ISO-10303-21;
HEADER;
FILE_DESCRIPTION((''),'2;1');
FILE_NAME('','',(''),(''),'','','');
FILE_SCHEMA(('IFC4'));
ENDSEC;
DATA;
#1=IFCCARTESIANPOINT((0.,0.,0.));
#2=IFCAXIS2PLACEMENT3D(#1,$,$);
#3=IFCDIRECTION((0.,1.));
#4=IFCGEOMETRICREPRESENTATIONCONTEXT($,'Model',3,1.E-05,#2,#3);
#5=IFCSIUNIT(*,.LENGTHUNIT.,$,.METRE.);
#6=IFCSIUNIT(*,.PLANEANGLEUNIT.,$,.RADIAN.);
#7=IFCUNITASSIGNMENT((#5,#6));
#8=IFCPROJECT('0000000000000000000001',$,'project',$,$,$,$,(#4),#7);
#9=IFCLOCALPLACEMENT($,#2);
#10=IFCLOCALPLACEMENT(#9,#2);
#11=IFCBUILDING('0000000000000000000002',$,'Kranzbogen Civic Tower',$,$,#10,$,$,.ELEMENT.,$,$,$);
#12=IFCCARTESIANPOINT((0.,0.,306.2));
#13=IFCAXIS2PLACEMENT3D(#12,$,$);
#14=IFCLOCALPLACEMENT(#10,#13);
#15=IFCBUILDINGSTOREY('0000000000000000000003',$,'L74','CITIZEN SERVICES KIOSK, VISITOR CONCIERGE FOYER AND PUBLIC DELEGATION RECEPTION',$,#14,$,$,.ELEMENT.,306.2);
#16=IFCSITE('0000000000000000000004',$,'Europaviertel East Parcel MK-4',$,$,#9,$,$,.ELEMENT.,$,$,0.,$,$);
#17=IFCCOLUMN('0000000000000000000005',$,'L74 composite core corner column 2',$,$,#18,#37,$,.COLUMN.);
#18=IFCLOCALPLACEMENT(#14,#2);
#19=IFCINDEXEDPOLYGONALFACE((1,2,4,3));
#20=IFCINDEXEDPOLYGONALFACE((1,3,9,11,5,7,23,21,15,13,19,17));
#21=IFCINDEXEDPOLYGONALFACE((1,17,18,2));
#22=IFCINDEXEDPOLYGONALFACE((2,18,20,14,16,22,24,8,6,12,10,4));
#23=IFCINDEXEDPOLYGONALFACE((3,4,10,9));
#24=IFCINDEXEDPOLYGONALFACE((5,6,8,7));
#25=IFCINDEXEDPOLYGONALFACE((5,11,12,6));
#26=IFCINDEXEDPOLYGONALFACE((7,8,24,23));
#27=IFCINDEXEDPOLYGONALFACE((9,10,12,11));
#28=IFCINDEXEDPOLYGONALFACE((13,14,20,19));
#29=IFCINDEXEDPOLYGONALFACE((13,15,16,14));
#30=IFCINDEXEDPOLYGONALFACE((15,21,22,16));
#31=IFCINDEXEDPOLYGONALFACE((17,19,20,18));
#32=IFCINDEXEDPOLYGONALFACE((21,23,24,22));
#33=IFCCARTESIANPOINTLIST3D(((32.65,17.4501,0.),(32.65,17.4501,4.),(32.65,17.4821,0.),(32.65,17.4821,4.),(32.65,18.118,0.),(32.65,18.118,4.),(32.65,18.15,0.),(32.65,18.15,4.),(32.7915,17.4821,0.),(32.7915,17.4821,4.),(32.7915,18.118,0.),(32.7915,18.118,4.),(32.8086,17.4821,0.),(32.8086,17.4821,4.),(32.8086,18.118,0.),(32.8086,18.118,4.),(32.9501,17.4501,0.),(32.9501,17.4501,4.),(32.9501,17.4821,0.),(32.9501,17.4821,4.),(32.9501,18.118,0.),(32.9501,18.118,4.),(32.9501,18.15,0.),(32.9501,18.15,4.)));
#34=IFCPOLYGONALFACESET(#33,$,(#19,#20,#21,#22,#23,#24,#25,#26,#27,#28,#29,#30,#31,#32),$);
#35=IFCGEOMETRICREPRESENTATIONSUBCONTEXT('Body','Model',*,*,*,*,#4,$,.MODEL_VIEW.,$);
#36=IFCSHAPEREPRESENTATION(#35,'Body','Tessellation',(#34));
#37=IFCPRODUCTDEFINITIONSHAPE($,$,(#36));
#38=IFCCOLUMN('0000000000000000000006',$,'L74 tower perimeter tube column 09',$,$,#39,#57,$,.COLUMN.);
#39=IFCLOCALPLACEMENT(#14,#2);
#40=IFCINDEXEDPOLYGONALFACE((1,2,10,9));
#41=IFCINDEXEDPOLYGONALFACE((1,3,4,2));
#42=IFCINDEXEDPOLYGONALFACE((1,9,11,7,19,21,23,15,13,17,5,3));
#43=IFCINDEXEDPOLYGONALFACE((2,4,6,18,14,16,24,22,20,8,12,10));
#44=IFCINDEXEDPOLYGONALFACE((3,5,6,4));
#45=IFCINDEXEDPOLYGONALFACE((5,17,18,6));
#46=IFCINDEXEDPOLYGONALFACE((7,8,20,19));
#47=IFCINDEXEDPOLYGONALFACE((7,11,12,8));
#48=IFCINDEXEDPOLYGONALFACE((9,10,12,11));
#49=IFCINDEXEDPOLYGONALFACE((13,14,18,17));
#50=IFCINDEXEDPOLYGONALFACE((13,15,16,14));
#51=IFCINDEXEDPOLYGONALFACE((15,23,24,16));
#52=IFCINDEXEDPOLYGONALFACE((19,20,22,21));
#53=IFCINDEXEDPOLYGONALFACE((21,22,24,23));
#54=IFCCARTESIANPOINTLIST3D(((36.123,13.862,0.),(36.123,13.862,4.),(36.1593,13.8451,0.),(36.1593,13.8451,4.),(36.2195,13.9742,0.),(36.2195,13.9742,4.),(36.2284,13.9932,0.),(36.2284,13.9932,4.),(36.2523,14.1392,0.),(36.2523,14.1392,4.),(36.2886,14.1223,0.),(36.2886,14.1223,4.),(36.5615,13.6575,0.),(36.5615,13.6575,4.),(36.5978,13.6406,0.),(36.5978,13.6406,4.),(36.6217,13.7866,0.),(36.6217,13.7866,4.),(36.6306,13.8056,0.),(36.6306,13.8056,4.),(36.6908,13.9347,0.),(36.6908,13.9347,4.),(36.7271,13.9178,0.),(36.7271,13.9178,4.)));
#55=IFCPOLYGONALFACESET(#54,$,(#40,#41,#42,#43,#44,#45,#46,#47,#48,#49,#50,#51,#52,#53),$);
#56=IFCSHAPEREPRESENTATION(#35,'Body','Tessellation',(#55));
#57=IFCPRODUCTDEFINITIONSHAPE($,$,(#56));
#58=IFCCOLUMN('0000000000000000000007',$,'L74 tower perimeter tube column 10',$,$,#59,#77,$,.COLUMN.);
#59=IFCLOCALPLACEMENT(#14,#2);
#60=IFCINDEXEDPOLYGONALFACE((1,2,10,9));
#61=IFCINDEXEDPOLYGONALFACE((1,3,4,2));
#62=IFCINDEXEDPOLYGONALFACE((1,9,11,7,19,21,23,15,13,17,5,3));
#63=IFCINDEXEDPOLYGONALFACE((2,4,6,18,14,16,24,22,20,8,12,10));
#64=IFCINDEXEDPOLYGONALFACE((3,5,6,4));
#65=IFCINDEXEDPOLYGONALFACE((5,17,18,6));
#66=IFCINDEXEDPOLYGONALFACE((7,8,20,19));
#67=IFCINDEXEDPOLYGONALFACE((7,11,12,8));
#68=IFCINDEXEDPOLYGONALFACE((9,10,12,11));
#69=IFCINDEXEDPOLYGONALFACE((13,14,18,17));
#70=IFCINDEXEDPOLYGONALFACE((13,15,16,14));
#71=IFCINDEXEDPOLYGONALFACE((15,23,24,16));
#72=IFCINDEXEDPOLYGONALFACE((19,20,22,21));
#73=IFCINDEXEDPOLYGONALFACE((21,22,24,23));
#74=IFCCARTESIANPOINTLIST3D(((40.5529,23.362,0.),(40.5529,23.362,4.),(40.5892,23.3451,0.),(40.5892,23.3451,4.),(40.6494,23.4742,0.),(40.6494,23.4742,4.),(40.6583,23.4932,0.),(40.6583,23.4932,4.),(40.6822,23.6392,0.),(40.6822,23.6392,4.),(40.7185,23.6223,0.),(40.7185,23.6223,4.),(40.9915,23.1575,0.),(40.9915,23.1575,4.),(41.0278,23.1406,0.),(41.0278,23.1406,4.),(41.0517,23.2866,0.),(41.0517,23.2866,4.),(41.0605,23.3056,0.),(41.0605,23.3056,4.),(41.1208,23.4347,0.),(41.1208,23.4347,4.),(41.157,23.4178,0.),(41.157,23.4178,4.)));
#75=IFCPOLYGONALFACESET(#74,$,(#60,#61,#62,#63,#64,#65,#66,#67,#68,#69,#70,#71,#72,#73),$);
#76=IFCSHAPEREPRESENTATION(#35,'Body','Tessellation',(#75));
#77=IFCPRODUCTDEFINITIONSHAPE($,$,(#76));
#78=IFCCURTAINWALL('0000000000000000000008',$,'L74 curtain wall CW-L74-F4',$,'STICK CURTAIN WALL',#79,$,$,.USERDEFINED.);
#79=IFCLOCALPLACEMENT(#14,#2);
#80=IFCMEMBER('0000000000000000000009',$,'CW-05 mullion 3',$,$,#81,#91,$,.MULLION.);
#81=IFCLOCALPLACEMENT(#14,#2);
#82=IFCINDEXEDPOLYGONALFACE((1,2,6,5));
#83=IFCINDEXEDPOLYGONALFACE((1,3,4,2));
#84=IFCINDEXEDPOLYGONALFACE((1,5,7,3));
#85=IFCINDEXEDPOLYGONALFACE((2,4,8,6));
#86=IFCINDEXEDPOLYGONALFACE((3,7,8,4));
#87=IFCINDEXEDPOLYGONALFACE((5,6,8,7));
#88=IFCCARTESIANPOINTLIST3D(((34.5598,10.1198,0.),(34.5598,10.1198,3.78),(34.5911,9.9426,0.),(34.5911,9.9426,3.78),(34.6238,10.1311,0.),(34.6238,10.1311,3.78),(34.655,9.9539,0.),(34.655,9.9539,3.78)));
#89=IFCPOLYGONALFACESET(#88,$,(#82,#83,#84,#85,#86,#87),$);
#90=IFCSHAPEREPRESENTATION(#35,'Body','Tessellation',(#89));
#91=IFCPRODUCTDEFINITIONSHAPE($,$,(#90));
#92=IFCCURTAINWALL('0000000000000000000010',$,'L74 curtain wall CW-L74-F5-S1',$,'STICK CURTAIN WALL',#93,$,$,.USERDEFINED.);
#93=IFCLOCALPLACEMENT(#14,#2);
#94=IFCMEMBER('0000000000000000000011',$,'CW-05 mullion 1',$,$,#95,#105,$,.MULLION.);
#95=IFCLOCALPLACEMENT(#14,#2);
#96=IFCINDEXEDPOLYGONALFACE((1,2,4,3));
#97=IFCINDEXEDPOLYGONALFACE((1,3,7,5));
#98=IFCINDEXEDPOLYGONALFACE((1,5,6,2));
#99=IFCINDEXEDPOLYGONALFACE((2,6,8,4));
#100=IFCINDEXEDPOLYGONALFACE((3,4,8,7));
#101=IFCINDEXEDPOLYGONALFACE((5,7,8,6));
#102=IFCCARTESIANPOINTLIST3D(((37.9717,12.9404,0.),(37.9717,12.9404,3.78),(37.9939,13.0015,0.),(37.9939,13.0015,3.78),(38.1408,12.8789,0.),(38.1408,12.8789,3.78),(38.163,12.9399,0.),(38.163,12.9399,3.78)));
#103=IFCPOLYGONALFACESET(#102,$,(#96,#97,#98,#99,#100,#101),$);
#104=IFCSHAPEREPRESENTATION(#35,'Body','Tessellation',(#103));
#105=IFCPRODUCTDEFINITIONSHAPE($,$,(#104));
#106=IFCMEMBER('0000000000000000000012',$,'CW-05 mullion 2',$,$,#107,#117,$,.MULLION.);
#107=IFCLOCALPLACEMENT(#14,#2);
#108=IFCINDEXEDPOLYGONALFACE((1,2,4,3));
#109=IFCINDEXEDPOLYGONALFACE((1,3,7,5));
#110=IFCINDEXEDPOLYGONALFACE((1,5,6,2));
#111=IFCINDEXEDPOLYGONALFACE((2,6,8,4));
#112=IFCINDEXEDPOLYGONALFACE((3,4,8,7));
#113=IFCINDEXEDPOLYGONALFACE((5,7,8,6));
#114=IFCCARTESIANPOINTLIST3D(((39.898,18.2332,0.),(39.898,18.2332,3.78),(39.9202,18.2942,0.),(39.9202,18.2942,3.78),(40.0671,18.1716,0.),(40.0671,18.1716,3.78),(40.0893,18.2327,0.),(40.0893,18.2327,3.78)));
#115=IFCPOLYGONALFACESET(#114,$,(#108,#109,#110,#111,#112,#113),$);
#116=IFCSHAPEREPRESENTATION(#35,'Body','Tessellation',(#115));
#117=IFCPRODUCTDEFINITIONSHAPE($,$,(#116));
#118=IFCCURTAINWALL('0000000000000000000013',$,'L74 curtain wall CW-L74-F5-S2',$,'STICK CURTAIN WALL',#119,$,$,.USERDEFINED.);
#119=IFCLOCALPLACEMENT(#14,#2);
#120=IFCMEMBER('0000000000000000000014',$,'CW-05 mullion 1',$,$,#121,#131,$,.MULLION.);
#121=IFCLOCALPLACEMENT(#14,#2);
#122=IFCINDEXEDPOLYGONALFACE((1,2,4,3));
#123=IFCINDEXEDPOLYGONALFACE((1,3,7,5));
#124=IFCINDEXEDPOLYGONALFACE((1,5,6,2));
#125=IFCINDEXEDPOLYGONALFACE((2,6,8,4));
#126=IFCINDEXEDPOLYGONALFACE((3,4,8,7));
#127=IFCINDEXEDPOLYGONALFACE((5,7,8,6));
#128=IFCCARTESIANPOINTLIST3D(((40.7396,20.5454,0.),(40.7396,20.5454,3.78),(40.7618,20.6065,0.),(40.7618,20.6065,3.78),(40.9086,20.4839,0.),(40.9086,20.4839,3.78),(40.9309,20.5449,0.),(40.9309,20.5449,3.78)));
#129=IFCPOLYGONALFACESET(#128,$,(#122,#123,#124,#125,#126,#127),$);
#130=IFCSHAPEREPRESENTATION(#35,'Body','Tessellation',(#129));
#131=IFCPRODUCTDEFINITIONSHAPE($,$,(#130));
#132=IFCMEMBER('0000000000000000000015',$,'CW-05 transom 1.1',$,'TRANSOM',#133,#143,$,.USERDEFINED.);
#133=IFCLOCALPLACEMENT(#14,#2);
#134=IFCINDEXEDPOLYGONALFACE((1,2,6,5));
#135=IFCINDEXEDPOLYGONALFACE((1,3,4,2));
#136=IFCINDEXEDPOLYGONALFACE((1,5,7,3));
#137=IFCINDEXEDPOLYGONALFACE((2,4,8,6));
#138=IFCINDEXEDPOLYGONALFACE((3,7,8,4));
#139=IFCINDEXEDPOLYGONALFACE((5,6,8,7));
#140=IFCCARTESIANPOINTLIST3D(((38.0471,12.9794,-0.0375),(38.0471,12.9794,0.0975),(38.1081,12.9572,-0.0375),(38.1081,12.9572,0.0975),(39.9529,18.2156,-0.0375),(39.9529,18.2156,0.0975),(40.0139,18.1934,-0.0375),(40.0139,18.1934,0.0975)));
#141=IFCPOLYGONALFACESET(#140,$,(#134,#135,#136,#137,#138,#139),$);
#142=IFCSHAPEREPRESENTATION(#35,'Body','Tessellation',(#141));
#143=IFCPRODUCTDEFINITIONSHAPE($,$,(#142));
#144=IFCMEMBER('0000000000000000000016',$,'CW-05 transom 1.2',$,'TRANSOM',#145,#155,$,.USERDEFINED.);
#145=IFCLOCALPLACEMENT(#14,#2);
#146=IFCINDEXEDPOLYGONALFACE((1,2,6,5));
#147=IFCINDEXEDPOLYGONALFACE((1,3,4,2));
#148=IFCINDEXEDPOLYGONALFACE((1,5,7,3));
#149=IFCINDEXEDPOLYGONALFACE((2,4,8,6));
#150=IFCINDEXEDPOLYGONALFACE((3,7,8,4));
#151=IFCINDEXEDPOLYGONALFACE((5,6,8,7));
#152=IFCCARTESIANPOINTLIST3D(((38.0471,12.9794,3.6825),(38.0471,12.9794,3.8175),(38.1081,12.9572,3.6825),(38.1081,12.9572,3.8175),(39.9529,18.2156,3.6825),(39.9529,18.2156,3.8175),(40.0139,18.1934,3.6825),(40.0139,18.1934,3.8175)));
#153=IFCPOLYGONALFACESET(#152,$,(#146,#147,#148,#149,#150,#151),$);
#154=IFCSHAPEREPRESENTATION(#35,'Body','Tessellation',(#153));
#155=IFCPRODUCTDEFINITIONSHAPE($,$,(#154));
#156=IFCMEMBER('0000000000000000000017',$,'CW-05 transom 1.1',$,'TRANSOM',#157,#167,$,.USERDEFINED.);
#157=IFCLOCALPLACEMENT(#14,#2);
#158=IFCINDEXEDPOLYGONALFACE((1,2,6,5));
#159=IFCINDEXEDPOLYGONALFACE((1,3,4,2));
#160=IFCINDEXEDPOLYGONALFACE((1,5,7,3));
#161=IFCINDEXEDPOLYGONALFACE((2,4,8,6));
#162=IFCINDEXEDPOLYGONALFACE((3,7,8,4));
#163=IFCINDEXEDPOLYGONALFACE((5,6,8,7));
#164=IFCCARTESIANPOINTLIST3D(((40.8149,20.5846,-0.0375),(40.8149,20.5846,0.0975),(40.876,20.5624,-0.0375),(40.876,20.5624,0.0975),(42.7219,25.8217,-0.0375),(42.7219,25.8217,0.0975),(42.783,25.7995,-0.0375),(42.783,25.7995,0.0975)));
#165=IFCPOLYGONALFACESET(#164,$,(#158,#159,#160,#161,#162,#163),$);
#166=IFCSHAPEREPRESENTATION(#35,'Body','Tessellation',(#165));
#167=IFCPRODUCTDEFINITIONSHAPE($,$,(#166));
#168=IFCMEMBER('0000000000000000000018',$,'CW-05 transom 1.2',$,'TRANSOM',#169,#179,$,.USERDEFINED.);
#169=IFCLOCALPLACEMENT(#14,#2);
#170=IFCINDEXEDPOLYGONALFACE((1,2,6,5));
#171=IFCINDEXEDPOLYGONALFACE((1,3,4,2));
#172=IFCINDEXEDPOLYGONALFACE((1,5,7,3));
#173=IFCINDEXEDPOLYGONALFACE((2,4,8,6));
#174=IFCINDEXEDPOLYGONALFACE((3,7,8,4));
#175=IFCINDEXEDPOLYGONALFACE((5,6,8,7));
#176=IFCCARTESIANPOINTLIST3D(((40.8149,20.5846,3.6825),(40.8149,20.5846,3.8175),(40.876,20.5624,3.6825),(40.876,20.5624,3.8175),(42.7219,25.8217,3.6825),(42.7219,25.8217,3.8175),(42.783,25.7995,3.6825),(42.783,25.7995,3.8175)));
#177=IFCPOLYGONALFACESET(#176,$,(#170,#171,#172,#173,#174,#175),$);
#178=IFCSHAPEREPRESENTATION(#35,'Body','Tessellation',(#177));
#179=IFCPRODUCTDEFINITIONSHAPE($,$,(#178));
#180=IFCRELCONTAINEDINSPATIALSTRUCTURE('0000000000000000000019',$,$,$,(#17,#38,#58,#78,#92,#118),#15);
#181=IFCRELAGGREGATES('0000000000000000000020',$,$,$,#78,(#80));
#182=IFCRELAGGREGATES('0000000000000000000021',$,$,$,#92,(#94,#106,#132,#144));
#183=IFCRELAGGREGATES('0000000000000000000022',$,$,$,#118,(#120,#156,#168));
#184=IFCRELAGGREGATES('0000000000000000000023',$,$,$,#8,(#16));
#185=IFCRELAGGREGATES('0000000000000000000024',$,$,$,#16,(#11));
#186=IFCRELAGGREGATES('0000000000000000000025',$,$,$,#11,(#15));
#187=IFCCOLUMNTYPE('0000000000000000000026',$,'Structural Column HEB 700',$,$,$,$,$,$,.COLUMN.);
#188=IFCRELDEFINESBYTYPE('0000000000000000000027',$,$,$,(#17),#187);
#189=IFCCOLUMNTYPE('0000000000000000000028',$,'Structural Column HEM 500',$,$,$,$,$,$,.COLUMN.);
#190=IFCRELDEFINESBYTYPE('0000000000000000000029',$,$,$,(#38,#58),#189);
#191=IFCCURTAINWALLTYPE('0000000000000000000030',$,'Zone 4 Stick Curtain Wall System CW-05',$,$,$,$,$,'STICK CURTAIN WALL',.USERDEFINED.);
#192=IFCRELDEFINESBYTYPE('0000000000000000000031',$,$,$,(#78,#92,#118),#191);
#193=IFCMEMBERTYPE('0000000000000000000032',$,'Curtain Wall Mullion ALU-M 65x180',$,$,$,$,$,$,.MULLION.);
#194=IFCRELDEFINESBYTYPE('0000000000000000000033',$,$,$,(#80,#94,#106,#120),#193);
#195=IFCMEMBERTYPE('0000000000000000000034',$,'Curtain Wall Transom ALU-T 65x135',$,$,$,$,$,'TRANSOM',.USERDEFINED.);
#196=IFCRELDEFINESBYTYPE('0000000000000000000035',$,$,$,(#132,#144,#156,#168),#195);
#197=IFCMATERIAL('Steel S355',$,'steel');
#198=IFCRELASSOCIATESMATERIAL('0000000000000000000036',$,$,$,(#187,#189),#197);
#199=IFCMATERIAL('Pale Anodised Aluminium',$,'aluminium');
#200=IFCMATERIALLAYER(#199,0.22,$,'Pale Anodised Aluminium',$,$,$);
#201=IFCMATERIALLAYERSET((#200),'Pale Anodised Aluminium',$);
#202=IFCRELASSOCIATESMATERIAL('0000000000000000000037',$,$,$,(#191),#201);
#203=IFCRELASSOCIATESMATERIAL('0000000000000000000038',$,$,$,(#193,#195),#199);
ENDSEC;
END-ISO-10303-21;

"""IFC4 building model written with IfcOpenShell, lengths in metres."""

from ifc_helpers import new_model, si_unit, direction, frame, origin, origin_2d, place, context, subcontext, project, spatial, rectangle, i_section, extrude, material, layer, layer_set, material_profile, profile_set, type_object, element, aggregate, save


model = new_model("IFC4")

# Units and contexts
model_context = context("Model", 3, precision=1e-05, world=origin(), true_north=direction((0.0, 1.0)))
body_context = subcontext(model_context, "Body", "Model", "MODEL_VIEW")
ifc_project = project(units=[si_unit("LENGTHUNIT", "METRE"), si_unit("PLANEANGLEUNIT", "RADIAN")], contexts=[model_context])

# Site, building, storey
site_placement = place(None, origin())
site = spatial("IfcSite", under=ifc_project, at=site_placement, Name="Europaviertel East Parcel MK-4", CompositionType="ELEMENT", RefElevation=0.0)
building_placement = place(site_placement, origin())
building = spatial("IfcBuilding", under=site, at=building_placement, Name="Kranzbogen Civic Tower", CompositionType="ELEMENT")
storey_placement = place(building_placement, frame((0.0, 0.0, 306.2)))
storey = spatial("IfcBuildingStorey", under=building, at=storey_placement, Name="L74", Description="CITIZEN SERVICES KIOSK, VISITOR CONCIERGE FOYER AND PUBLIC DELEGATION RECEPTION", CompositionType="ELEMENT", Elevation=306.2)

# Columns
ifc_material_1 = material(Name="Steel S355", Category="steel")
ifc_material_profile_1 = material_profile(ifc_material_1, i_section(OverallWidth=0.3, OverallDepth=0.7, WebThickness=0.0171, FlangeThickness=0.032, at=origin_2d()), Name="HEB 700")
ifc_profile_set_1 = profile_set([ifc_material_profile_1], Name="Steel S355")
column_type_1 = type_object("IfcColumnType", Name="Structural Column HEB 700", PredefinedType="COLUMN", material=ifc_profile_set_1)
column_placement = place(storey_placement, frame((32.8, 17.8, 0.0), z_axis=(0.0, 0.0, 1.0), x_axis=(1.0, 0.0, 0.0)))
element("IfcColumn", 1, at=column_placement, inside=storey, type_object=column_type_1, Name="L74 composite core corner column 2", PredefinedType="COLUMN", context=body_context, shape_type="SweptSolid", body=[
    extrude(i_section(OverallWidth=0.3, OverallDepth=0.7, WebThickness=0.0171, FlangeThickness=0.032, at=origin_2d()), origin(), (0.0, 0.0, 1.0), 4.0),
])
ifc_material_profile_2 = material_profile(ifc_material_1, i_section(OverallWidth=0.3059, OverallDepth=0.5239, WebThickness=0.021, FlangeThickness=0.04, at=origin_2d()), Name="HEM 500")
ifc_profile_set_2 = profile_set([ifc_material_profile_2], Name="Steel S355")
column_type_2 = type_object("IfcColumnType", Name="Structural Column HEM 500", PredefinedType="COLUMN", material=ifc_profile_set_2)
for number, where, z_axis, x_axis, name in (
    (2, (36.425, 13.8899, 0.0), (0.0, 0.0, 1.0), (0.422618, 0.906308, 0.0), "L74 tower perimeter tube column 09"),
    (3, (40.855, 23.3899, 0.0), (0.0, 0.0, 1.0), (0.422618, 0.906308, 0.0), "L74 tower perimeter tube column 10"),
):
    element("IfcColumn", number, at=place(storey_placement, frame(where, z_axis=z_axis, x_axis=x_axis)), inside=storey, type_object=column_type_2, Name=name, PredefinedType="COLUMN", context=body_context, shape_type="SweptSolid", body=[
        extrude(i_section(OverallWidth=0.3059, OverallDepth=0.5239, WebThickness=0.021, FlangeThickness=0.04, at=origin_2d()), origin(), (0.0, 0.0, 1.0), 4.0),
    ])

# Curtain wall, member
ifc_material_2 = material(Name="Pale Anodised Aluminium", Category="aluminium")
ifc_layer_1 = layer(ifc_material_2, 0.22, Name="Pale Anodised Aluminium")
ifc_layer_set_1 = layer_set([ifc_layer_1], Name="Pale Anodised Aluminium")
curtain_wall_type = type_object("IfcCurtainWallType", Name="Zone 4 Stick Curtain Wall System CW-05", ElementType="STICK CURTAIN WALL", PredefinedType="USERDEFINED", material=ifc_layer_set_1)
curtain_wall_1_placement = place(storey_placement, origin())
curtain_wall_1 = element("IfcCurtainWall", 4, at=curtain_wall_1_placement, inside=storey, type_object=curtain_wall_type, Name="L74 curtain wall CW-L74-F4", ObjectType="STICK CURTAIN WALL", PredefinedType="USERDEFINED")
ifc_material_profile_3 = material_profile(ifc_material_2, rectangle(XDim=0.0649, YDim=0.1799, at=origin_2d()), Name="ALU-M 65x180")
ifc_profile_set_3 = profile_set([ifc_material_profile_3], Name="Pale Anodised Aluminium")
member_type_1 = type_object("IfcMemberType", Name="Curtain Wall Mullion ALU-M 65x180", PredefinedType="MULLION", material=ifc_profile_set_3)
member_1_placement = place(storey_placement, frame((34.6074, 10.0369, 0.0), z_axis=(0.0, 0.0, 1.0), x_axis=(0.984808, 0.173649, 0.0)))
member_1 = element("IfcMember", 5, at=member_1_placement, type_object=member_type_1, Name="CW-05 mullion 3", PredefinedType="MULLION", context=body_context, shape_type="SweptSolid", body=[
    extrude(rectangle(XDim=0.0649, YDim=0.1799, at=origin_2d()), origin(), (0.0, 0.0, 1.0), 3.78),
])
aggregate(curtain_wall_1, [member_1])

# Curtain wall, members
curtain_wall_2_placement = place(storey_placement, origin())
curtain_wall_2 = element("IfcCurtainWall", 6, at=curtain_wall_2_placement, inside=storey, type_object=curtain_wall_type, Name="L74 curtain wall CW-L74-F5-S1", ObjectType="STICK CURTAIN WALL", PredefinedType="USERDEFINED")
member_2_placement = place(storey_placement, frame((38.0674, 12.9402, 0.0), z_axis=(0.0, 0.0, 1.0), x_axis=(0.342039, 0.939686, 0.0)))
member_2 = element("IfcMember", 7, at=member_2_placement, type_object=member_type_1, Name="CW-05 mullion 1", PredefinedType="MULLION", context=body_context, shape_type="SweptSolid", body=[
    extrude(rectangle(XDim=0.0649, YDim=0.1799, at=origin_2d()), origin(), (0.0, 0.0, 1.0), 3.78),
])
member_3_placement = place(storey_placement, frame((39.9937, 18.2329, 0.0), z_axis=(0.0, 0.0, 1.0), x_axis=(0.342039, 0.939686, 0.0)))
member_3 = element("IfcMember", 8, at=member_3_placement, type_object=member_type_1, Name="CW-05 mullion 2", PredefinedType="MULLION", context=body_context, shape_type="SweptSolid", body=[
    extrude(rectangle(XDim=0.0649, YDim=0.1799, at=origin_2d()), origin(), (0.0, 0.0, 1.0), 3.78),
])

# Curtain wall, member
curtain_wall_3_placement = place(storey_placement, origin())
curtain_wall_3 = element("IfcCurtainWall", 9, at=curtain_wall_3_placement, inside=storey, type_object=curtain_wall_type, Name="L74 curtain wall CW-L74-F5-S2", ObjectType="STICK CURTAIN WALL", PredefinedType="USERDEFINED")
member_4_placement = place(storey_placement, frame((40.8352, 20.5452, 0.0), z_axis=(0.0, 0.0, 1.0), x_axis=(0.342138, 0.93965, 0.0)))
member_4 = element("IfcMember", 10, at=member_4_placement, type_object=member_type_1, Name="CW-05 mullion 1", PredefinedType="MULLION", context=body_context, shape_type="SweptSolid", body=[
    extrude(rectangle(XDim=0.0649, YDim=0.1799, at=origin_2d()), origin(), (0.0, 0.0, 1.0), 3.78),
])

# Members
ifc_material_profile_4 = material_profile(ifc_material_2, rectangle(XDim=0.0649, YDim=0.135, at=origin_2d()), Name="ALU-T 65x135")
ifc_profile_set_4 = profile_set([ifc_material_profile_4], Name="Pale Anodised Aluminium")
member_type_2 = type_object("IfcMemberType", Name="Curtain Wall Transom ALU-T 65x135", ElementType="TRANSOM", PredefinedType="USERDEFINED", material=ifc_profile_set_4)
member_5_placement = place(storey_placement, frame((38.0776, 12.9683, 0.03), z_axis=(0.342003, 0.939699, 0.0), x_axis=(-0.939699, 0.342003, 0.0)))
member_5 = element("IfcMember", 11, at=member_5_placement, type_object=member_type_2, Name="CW-05 transom 1.1", ObjectType="TRANSOM", PredefinedType="USERDEFINED", context=body_context, shape_type="SweptSolid", body=[
    extrude(rectangle(XDim=0.0649, YDim=0.135, at=origin_2d()), origin(), (0.0, 0.0, 1.0), 5.5723),
])
member_6_placement = place(storey_placement, frame((38.0776, 12.9683, 3.75), z_axis=(0.342003, 0.939699, 0.0), x_axis=(-0.939699, 0.342003, 0.0)))
member_6 = element("IfcMember", 12, at=member_6_placement, type_object=member_type_2, Name="CW-05 transom 1.2", ObjectType="TRANSOM", PredefinedType="USERDEFINED", context=body_context, shape_type="SweptSolid", body=[
    extrude(rectangle(XDim=0.0649, YDim=0.135, at=origin_2d()), origin(), (0.0, 0.0, 1.0), 5.5723),
])
member_7_placement = place(storey_placement, frame((40.8455, 20.5735, 0.03), z_axis=(0.342155, 0.939644, 0.0), x_axis=(-0.939644, 0.342155, 0.0)))
member_7 = element("IfcMember", 13, at=member_7_placement, type_object=member_type_2, Name="CW-05 transom 1.1", ObjectType="TRANSOM", PredefinedType="USERDEFINED", context=body_context, shape_type="SweptSolid", body=[
    extrude(rectangle(XDim=0.0649, YDim=0.135, at=origin_2d()), origin(), (0.0, 0.0, 1.0), 5.5735),
])
member_8_placement = place(storey_placement, frame((40.8455, 20.5735, 3.75), z_axis=(0.342155, 0.939644, 0.0), x_axis=(-0.939644, 0.342155, 0.0)))
member_8 = element("IfcMember", 14, at=member_8_placement, type_object=member_type_2, Name="CW-05 transom 1.2", ObjectType="TRANSOM", PredefinedType="USERDEFINED", context=body_context, shape_type="SweptSolid", body=[
    extrude(rectangle(XDim=0.0649, YDim=0.135, at=origin_2d()), origin(), (0.0, 0.0, 1.0), 5.5735),
])

aggregate(curtain_wall_2, [member_2, member_3, member_5, member_6])
aggregate(curtain_wall_3, [member_4, member_7, member_8])

save(model, "model.ifc")
